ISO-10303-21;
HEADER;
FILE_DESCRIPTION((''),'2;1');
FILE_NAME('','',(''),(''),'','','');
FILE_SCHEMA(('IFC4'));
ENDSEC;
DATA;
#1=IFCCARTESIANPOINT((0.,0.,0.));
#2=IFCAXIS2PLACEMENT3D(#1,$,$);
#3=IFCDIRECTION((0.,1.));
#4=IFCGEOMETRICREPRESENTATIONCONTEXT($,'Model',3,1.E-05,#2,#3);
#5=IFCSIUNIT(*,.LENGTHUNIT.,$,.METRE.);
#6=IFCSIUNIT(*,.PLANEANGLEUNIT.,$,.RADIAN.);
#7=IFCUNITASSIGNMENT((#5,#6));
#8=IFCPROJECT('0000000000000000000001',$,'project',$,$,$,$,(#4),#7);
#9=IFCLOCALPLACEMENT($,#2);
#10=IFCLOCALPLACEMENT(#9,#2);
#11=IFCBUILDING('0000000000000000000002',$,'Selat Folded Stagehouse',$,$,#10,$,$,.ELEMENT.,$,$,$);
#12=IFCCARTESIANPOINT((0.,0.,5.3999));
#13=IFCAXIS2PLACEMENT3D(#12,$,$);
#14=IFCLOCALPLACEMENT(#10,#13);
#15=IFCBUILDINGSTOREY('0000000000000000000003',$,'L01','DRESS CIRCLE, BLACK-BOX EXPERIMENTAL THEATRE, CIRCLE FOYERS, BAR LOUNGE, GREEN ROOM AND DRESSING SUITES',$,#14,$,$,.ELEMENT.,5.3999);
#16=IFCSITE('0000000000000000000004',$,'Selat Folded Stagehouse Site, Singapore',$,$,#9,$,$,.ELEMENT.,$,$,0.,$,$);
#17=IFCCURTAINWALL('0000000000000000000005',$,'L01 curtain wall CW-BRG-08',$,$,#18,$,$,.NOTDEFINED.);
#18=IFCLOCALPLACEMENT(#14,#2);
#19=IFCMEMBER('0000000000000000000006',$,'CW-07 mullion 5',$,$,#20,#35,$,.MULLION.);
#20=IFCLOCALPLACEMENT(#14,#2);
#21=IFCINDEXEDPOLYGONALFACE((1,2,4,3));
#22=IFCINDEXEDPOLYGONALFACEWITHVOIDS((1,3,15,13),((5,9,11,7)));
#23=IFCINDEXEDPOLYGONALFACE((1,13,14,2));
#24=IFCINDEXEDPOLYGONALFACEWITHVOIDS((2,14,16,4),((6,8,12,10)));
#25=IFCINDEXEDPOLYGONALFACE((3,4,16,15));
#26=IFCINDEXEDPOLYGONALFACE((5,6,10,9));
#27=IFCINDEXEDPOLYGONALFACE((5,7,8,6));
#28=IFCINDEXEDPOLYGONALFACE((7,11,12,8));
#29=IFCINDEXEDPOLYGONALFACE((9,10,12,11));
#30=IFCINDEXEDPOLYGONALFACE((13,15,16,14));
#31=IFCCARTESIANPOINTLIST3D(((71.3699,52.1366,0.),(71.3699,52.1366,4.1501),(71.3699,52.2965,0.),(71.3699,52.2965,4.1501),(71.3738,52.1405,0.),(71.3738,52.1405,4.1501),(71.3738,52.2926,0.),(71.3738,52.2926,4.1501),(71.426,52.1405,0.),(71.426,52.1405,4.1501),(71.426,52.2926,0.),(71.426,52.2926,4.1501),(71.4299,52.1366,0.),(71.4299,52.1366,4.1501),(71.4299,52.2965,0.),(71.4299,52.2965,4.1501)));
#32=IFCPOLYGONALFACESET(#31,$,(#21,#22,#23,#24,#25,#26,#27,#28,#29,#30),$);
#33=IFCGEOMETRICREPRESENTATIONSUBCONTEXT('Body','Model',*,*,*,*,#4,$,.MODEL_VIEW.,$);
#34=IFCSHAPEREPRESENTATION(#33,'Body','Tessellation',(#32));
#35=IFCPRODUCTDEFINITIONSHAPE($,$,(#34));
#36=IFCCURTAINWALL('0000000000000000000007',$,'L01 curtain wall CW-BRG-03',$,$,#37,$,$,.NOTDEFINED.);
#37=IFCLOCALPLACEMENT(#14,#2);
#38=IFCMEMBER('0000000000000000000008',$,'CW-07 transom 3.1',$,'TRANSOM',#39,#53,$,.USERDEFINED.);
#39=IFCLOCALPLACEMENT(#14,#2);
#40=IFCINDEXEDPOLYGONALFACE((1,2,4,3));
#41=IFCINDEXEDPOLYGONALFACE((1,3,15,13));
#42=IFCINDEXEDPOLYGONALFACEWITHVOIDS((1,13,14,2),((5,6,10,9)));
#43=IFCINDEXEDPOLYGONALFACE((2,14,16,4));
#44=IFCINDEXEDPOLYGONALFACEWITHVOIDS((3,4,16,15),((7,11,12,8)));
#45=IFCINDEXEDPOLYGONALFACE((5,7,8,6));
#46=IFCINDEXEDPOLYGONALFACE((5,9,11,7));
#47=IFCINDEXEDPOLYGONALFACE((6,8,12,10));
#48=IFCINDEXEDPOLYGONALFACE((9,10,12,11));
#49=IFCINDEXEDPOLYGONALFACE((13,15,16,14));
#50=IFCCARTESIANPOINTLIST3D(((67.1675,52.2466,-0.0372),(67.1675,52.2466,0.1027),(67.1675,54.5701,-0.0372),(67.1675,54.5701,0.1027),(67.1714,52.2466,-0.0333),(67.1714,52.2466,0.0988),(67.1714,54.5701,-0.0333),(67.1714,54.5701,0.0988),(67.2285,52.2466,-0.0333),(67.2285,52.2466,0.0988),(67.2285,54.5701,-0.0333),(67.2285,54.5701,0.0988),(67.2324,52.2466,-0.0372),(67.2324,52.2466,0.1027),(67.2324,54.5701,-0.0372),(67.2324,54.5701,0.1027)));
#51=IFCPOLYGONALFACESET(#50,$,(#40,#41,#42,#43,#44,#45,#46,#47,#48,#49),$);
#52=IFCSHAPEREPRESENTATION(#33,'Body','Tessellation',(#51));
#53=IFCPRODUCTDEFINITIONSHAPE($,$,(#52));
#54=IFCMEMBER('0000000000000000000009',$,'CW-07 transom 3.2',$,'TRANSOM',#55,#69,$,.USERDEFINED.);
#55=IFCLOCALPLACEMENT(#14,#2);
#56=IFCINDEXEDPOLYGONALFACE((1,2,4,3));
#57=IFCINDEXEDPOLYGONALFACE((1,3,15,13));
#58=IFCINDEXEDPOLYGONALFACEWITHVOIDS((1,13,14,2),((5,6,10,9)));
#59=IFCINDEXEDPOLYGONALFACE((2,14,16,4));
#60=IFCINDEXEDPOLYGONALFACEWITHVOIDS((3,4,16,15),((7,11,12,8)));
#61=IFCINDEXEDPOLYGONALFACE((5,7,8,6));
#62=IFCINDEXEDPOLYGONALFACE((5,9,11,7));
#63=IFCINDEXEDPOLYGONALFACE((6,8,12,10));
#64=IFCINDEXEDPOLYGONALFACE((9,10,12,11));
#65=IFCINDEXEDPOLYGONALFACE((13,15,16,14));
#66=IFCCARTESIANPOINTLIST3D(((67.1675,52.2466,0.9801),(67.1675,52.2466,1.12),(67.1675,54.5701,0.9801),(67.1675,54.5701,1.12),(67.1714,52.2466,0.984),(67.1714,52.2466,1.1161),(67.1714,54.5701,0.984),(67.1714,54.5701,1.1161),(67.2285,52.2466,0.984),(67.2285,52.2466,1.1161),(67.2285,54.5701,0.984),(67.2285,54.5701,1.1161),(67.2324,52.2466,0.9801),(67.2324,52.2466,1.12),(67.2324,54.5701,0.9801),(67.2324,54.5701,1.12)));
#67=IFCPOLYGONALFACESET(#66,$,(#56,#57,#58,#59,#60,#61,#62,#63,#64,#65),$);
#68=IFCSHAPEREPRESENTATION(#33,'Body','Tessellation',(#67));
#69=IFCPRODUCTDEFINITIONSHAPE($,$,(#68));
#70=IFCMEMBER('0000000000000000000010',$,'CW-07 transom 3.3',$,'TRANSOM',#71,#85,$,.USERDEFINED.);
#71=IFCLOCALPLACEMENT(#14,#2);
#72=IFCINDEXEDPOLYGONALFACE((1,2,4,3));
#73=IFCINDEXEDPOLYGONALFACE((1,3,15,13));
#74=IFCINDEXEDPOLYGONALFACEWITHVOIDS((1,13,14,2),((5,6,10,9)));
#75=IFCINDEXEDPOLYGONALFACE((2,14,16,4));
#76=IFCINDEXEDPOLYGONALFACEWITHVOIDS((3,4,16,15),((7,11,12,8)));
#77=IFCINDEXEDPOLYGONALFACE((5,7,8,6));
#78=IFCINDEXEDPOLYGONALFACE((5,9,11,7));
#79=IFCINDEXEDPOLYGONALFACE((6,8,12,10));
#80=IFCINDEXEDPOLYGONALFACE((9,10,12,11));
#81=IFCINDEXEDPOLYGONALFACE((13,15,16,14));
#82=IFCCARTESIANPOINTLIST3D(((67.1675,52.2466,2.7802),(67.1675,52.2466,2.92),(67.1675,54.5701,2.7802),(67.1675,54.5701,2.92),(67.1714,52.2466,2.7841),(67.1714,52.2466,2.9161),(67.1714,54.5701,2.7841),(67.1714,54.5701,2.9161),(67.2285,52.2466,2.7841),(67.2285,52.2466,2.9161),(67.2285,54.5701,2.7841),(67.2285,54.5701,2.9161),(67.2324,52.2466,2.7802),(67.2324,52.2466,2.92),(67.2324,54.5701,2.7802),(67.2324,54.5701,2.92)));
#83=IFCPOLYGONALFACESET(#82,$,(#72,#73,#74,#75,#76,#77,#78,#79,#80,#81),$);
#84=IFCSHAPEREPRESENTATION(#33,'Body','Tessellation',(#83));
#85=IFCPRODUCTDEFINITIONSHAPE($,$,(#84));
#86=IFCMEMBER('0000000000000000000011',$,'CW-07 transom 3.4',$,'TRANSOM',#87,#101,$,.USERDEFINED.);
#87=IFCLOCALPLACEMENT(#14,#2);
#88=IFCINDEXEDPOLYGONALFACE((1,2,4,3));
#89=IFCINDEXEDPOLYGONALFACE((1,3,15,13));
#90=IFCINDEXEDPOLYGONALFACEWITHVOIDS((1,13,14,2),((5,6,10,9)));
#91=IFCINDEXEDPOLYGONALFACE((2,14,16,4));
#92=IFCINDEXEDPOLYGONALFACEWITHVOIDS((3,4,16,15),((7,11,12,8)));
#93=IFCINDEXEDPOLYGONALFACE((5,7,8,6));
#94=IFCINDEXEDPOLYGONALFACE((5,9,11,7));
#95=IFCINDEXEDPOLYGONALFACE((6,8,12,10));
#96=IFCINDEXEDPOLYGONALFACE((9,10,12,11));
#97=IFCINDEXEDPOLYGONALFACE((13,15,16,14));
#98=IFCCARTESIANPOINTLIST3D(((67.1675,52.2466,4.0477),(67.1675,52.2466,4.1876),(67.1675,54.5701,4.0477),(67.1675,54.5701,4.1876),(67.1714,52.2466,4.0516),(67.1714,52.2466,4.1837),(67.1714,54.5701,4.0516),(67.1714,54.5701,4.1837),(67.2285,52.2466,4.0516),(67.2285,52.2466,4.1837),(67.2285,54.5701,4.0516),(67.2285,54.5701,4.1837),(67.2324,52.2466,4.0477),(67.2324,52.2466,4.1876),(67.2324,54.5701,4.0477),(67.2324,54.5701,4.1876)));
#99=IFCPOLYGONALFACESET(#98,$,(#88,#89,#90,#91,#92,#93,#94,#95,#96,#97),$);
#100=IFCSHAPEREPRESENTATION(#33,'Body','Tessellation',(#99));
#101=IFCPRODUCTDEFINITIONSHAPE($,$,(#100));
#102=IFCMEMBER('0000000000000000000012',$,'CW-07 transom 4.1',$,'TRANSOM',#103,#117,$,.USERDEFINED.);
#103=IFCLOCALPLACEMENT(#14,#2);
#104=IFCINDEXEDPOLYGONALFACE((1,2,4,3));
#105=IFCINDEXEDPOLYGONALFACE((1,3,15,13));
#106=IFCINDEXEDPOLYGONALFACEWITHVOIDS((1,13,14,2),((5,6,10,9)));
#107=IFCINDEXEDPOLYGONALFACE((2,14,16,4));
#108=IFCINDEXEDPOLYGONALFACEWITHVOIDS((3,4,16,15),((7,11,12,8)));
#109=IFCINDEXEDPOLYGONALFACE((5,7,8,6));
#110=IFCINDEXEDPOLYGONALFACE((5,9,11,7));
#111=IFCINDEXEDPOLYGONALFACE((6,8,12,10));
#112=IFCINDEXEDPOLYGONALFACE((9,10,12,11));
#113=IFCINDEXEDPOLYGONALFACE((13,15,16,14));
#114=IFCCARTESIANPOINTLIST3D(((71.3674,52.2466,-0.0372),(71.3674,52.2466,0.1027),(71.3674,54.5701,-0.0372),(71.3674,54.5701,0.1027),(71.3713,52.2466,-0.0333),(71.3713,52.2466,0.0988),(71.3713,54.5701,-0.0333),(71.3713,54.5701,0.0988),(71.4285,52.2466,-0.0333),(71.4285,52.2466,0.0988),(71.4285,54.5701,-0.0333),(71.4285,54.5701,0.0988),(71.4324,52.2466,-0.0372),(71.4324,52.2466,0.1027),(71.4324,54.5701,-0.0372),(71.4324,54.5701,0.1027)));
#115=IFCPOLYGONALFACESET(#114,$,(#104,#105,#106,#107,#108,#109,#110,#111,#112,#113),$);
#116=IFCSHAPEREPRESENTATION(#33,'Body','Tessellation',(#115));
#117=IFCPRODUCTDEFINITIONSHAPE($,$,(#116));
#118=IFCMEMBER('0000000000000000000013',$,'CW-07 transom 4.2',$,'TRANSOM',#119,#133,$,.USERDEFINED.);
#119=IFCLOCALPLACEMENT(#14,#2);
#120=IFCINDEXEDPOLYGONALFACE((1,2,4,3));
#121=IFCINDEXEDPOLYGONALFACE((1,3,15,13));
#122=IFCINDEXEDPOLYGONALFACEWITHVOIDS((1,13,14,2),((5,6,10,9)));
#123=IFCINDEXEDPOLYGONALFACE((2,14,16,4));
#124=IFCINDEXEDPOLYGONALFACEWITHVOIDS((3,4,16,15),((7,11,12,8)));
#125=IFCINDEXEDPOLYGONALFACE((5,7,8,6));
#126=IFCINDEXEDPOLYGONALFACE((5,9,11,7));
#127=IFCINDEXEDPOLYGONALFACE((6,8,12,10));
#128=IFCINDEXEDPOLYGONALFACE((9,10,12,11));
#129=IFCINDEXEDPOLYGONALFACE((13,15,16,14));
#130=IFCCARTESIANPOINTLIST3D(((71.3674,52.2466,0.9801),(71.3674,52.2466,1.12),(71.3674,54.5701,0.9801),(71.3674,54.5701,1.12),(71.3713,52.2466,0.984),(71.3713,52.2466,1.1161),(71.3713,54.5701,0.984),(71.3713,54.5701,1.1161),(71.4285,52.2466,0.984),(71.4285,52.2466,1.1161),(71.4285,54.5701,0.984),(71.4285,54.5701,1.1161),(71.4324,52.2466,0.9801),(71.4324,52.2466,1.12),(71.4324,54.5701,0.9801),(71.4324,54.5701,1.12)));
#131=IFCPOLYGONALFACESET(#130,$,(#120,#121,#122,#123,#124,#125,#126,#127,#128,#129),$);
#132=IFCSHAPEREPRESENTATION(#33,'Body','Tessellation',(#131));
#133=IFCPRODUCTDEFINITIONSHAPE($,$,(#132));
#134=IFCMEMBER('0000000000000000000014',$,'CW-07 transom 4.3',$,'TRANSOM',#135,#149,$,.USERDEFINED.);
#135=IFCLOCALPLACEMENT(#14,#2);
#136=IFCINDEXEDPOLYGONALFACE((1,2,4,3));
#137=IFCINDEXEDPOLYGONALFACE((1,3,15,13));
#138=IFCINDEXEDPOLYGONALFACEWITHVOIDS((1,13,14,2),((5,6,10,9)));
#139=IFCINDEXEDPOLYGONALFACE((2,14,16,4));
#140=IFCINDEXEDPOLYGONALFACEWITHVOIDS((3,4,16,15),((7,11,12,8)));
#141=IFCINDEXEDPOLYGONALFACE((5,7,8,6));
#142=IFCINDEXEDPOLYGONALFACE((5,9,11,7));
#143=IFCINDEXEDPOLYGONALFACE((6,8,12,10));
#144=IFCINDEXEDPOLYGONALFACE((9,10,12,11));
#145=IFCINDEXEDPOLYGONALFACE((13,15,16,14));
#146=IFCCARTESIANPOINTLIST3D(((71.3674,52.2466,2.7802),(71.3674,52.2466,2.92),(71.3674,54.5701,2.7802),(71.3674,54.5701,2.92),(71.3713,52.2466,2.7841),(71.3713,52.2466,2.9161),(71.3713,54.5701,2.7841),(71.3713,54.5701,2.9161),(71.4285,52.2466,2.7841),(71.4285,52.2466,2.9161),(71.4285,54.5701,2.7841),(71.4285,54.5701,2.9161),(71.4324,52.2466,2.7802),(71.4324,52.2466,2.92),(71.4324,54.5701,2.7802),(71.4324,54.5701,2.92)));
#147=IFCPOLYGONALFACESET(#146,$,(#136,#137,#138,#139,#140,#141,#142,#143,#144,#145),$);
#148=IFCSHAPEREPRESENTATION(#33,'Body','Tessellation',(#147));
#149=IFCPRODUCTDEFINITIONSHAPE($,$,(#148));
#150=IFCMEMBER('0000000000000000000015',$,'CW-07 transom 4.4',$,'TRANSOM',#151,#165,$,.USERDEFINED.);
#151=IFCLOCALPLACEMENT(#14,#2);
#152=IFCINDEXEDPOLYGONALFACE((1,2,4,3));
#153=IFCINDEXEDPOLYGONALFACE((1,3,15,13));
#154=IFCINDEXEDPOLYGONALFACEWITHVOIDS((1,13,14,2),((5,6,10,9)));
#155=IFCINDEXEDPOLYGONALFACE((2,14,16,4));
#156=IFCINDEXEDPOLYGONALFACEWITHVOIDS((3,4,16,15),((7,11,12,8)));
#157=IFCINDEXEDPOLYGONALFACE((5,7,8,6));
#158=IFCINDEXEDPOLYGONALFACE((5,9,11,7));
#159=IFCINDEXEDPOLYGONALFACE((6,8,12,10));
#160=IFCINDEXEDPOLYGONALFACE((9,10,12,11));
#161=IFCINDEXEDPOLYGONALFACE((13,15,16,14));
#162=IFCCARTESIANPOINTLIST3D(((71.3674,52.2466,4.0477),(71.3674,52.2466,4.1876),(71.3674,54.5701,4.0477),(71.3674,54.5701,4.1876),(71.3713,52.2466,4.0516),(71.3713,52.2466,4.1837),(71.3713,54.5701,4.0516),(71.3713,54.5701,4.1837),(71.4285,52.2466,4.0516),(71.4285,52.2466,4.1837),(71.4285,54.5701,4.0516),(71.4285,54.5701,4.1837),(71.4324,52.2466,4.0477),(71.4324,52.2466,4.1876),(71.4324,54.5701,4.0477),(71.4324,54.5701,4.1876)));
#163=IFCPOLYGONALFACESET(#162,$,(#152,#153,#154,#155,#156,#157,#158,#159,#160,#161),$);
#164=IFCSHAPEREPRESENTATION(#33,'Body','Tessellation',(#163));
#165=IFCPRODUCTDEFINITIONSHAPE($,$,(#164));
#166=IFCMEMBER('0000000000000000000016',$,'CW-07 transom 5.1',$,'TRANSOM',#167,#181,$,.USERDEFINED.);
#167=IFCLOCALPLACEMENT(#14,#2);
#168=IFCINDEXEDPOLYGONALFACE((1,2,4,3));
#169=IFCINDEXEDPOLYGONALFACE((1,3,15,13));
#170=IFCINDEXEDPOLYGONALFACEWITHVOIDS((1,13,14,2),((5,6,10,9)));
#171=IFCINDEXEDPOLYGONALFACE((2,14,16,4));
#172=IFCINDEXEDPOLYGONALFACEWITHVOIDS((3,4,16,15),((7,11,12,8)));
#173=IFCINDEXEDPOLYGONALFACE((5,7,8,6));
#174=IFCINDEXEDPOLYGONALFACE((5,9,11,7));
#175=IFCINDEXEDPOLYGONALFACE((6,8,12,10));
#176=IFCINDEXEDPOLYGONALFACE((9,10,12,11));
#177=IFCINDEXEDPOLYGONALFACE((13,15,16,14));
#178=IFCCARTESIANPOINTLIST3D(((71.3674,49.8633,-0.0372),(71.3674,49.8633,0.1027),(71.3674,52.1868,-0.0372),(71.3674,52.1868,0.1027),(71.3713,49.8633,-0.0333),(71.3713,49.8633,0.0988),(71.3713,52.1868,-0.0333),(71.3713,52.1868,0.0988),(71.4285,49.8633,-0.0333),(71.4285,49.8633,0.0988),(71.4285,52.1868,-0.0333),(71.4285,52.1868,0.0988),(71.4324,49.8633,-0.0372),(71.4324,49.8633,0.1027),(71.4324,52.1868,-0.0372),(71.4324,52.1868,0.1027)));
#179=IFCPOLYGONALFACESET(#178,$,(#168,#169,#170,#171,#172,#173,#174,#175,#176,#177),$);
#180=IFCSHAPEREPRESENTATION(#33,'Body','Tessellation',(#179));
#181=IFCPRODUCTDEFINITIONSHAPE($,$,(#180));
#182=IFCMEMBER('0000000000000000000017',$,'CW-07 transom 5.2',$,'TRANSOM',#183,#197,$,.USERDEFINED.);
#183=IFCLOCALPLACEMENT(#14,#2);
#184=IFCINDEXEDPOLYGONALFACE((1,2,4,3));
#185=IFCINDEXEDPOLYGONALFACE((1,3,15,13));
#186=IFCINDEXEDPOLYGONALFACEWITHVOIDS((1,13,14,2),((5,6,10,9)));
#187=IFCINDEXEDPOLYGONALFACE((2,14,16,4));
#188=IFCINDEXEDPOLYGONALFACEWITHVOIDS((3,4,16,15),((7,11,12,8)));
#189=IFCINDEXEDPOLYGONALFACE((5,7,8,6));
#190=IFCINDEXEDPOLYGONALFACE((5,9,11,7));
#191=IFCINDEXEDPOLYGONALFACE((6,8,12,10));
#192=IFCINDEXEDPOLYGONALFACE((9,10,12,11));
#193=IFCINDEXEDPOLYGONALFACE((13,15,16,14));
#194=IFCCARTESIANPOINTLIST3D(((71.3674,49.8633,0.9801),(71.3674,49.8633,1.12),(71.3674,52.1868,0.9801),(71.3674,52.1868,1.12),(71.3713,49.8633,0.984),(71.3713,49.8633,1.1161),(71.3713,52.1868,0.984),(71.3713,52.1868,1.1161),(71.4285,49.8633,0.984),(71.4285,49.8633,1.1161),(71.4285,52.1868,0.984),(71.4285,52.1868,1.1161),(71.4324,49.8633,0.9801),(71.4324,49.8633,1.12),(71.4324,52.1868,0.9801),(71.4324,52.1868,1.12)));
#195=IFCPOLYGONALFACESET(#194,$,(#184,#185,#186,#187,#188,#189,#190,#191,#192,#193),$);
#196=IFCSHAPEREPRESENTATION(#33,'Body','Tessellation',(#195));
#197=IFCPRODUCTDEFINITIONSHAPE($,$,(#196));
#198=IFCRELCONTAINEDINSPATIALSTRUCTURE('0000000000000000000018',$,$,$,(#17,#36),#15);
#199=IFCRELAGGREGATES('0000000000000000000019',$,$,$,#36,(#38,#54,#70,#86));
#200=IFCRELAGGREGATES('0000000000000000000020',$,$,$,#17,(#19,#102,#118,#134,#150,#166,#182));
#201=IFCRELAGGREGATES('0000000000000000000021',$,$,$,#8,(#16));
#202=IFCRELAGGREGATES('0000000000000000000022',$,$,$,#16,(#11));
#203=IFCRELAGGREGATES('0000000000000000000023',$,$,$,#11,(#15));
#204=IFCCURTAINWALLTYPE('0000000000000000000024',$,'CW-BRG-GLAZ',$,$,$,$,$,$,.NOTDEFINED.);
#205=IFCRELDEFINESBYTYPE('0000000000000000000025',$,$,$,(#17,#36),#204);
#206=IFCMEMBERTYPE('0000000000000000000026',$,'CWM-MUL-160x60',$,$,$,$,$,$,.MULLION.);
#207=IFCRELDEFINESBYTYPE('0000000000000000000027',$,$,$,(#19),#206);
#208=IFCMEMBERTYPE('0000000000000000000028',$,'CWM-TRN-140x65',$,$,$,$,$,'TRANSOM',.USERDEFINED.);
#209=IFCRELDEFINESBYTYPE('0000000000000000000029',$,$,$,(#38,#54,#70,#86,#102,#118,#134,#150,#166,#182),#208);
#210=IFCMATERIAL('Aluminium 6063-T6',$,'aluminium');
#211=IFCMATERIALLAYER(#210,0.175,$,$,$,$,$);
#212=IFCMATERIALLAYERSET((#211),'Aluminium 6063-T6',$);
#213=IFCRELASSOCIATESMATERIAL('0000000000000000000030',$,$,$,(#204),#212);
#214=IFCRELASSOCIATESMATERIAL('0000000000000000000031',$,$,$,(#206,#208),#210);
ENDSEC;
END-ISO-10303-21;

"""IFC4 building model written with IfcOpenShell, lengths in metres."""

from ifc_helpers import new_model, si_unit, direction, frame, origin, origin_2d, place, context, subcontext, project, spatial, hollow_rectangle, extrude, material, layer, layer_set, material_profile, profile_set, type_object, element, aggregate, save


model = new_model("IFC4")

# Units and contexts
model_context = context("Model", 3, precision=1e-05, world=origin(), true_north=direction((0.0, 1.0)))
body_context = subcontext(model_context, "Body", "Model", "MODEL_VIEW")
ifc_project = project(units=[si_unit("LENGTHUNIT", "METRE"), si_unit("PLANEANGLEUNIT", "RADIAN")], contexts=[model_context])

# Site, building, storey
site_placement = place(None, origin())
site = spatial("IfcSite", under=ifc_project, at=site_placement, Name="Selat Folded Stagehouse Site, Singapore", CompositionType="ELEMENT", RefElevation=0.0)
building_placement = place(site_placement, origin())
building = spatial("IfcBuilding", under=site, at=building_placement, Name="Selat Folded Stagehouse", CompositionType="ELEMENT")
storey_placement = place(building_placement, frame((0.0, 0.0, 5.3999)))
storey = spatial("IfcBuildingStorey", under=building, at=storey_placement, Name="L01", Description="DRESS CIRCLE, BLACK-BOX EXPERIMENTAL THEATRE, CIRCLE FOYERS, BAR LOUNGE, GREEN ROOM AND DRESSING SUITES", CompositionType="ELEMENT", Elevation=5.3999)

# Curtain wall, member
ifc_material_1 = material(Name="Aluminium 6063-T6", Category="aluminium")
ifc_layer_1 = layer(ifc_material_1, 0.175)
ifc_layer_set_1 = layer_set([ifc_layer_1], Name="Aluminium 6063-T6")
curtain_wall_type = type_object("IfcCurtainWallType", Name="CW-BRG-GLAZ", PredefinedType="NOTDEFINED", material=ifc_layer_set_1)
curtain_wall_1_placement = place(storey_placement, origin())
curtain_wall_1 = element("IfcCurtainWall", 1, at=curtain_wall_1_placement, inside=storey, type_object=curtain_wall_type, Name="L01 curtain wall CW-BRG-08", PredefinedType="NOTDEFINED")
ifc_material_profile_1 = material_profile(ifc_material_1, hollow_rectangle(XDim=0.0601, YDim=0.1599, WallThickness=0.0039, at=origin_2d()), Name="ALU 160x60x4.0")
ifc_profile_set_1 = profile_set([ifc_material_profile_1], Name="Aluminium 6063-T6")
member_type_1 = type_object("IfcMemberType", Name="CWM-MUL-160x60", PredefinedType="MULLION", material=ifc_profile_set_1)
member_1_placement = place(storey_placement, frame((71.3999, 52.2166, 0.0), z_axis=(0.0, 0.0, 1.0), x_axis=(1.0, 0.0, 0.0)))
member_1 = element("IfcMember", 2, at=member_1_placement, type_object=member_type_1, Name="CW-07 mullion 5", PredefinedType="MULLION", context=body_context, shape_type="SweptSolid", body=[
    extrude(hollow_rectangle(XDim=0.0601, YDim=0.1599, WallThickness=0.0039, at=origin_2d()), origin(), (0.0, 0.0, 1.0), 4.1501),
])

# Curtain wall, members
curtain_wall_2_placement = place(storey_placement, origin())
curtain_wall_2 = element("IfcCurtainWall", 3, at=curtain_wall_2_placement, inside=storey, type_object=curtain_wall_type, Name="L01 curtain wall CW-BRG-03", PredefinedType="NOTDEFINED")
ifc_material_profile_2 = material_profile(ifc_material_1, hollow_rectangle(XDim=0.0649, YDim=0.1399, WallThickness=0.0039, at=origin_2d()), Name="ALU 140x65x4.0")
ifc_profile_set_2 = profile_set([ifc_material_profile_2], Name="Aluminium 6063-T6")
member_type_2 = type_object("IfcMemberType", Name="CWM-TRN-140x65", ElementType="TRANSOM", PredefinedType="USERDEFINED", material=ifc_profile_set_2)
member_2_placement = place(storey_placement, frame((67.2, 52.2466, 0.0327), z_axis=(0.0, 1.0, 0.0), x_axis=(-1.0, 0.0, 0.0)))
member_2 = element("IfcMember", 4, at=member_2_placement, type_object=member_type_2, Name="CW-07 transom 3.1", ObjectType="TRANSOM", PredefinedType="USERDEFINED", context=body_context, shape_type="SweptSolid", body=[
    extrude(hollow_rectangle(XDim=0.0649, YDim=0.1399, WallThickness=0.0039, at=origin_2d()), origin(), (0.0, 0.0, 1.0), 2.3235),
])
member_3_placement = place(storey_placement, frame((67.2, 52.2466, 1.05), z_axis=(0.0, 1.0, 0.0), x_axis=(-1.0, 0.0, 0.0)))
member_3 = element("IfcMember", 5, at=member_3_placement, type_object=member_type_2, Name="CW-07 transom 3.2", ObjectType="TRANSOM", PredefinedType="USERDEFINED", context=body_context, shape_type="SweptSolid", body=[
    extrude(hollow_rectangle(XDim=0.0649, YDim=0.1399, WallThickness=0.0039, at=origin_2d()), origin(), (0.0, 0.0, 1.0), 2.3235),
])
member_4_placement = place(storey_placement, frame((67.2, 52.2466, 2.8501), z_axis=(0.0, 1.0, 0.0), x_axis=(-1.0, 0.0, 0.0)))
member_4 = element("IfcMember", 6, at=member_4_placement, type_object=member_type_2, Name="CW-07 transom 3.3", ObjectType="TRANSOM", PredefinedType="USERDEFINED", context=body_context, shape_type="SweptSolid", body=[
    extrude(hollow_rectangle(XDim=0.0649, YDim=0.1399, WallThickness=0.0039, at=origin_2d()), origin(), (0.0, 0.0, 1.0), 2.3235),
])
member_5_placement = place(storey_placement, frame((67.2, 52.2466, 4.1177), z_axis=(0.0, 1.0, 0.0), x_axis=(-1.0, 0.0, 0.0)))
member_5 = element("IfcMember", 7, at=member_5_placement, type_object=member_type_2, Name="CW-07 transom 3.4", ObjectType="TRANSOM", PredefinedType="USERDEFINED", context=body_context, shape_type="SweptSolid", body=[
    extrude(hollow_rectangle(XDim=0.0649, YDim=0.1399, WallThickness=0.0039, at=origin_2d()), origin(), (0.0, 0.0, 1.0), 2.3235),
])

# Members
member_6_placement = place(storey_placement, frame((71.3999, 54.5701, 0.0327), z_axis=(0.0, -1.0, 0.0), x_axis=(1.0, 0.0, 0.0)))
member_6 = element("IfcMember", 8, at=member_6_placement, type_object=member_type_2, Name="CW-07 transom 4.1", ObjectType="TRANSOM", PredefinedType="USERDEFINED", context=body_context, shape_type="SweptSolid", body=[
    extrude(hollow_rectangle(XDim=0.0649, YDim=0.1399, WallThickness=0.0039, at=origin_2d()), origin(), (0.0, 0.0, 1.0), 2.3235),
])
member_7_placement = place(storey_placement, frame((71.3999, 54.5701, 1.05), z_axis=(0.0, -1.0, 0.0), x_axis=(1.0, 0.0, 0.0)))
member_7 = element("IfcMember", 9, at=member_7_placement, type_object=member_type_2, Name="CW-07 transom 4.2", ObjectType="TRANSOM", PredefinedType="USERDEFINED", context=body_context, shape_type="SweptSolid", body=[
    extrude(hollow_rectangle(XDim=0.0649, YDim=0.1399, WallThickness=0.0039, at=origin_2d()), origin(), (0.0, 0.0, 1.0), 2.3235),
])
member_8_placement = place(storey_placement, frame((71.3999, 54.5701, 2.8501), z_axis=(0.0, -1.0, 0.0), x_axis=(1.0, 0.0, 0.0)))
member_8 = element("IfcMember", 10, at=member_8_placement, type_object=member_type_2, Name="CW-07 transom 4.3", ObjectType="TRANSOM", PredefinedType="USERDEFINED", context=body_context, shape_type="SweptSolid", body=[
    extrude(hollow_rectangle(XDim=0.0649, YDim=0.1399, WallThickness=0.0039, at=origin_2d()), origin(), (0.0, 0.0, 1.0), 2.3235),
])
member_9_placement = place(storey_placement, frame((71.3999, 54.5701, 4.1177), z_axis=(0.0, -1.0, 0.0), x_axis=(1.0, 0.0, 0.0)))
member_9 = element("IfcMember", 11, at=member_9_placement, type_object=member_type_2, Name="CW-07 transom 4.4", ObjectType="TRANSOM", PredefinedType="USERDEFINED", context=body_context, shape_type="SweptSolid", body=[
    extrude(hollow_rectangle(XDim=0.0649, YDim=0.1399, WallThickness=0.0039, at=origin_2d()), origin(), (0.0, 0.0, 1.0), 2.3235),
])
member_10_placement = place(storey_placement, frame((71.3999, 52.1868, 0.0327), z_axis=(0.0, -1.0, 0.0), x_axis=(1.0, 0.0, 0.0)))
member_10 = element("IfcMember", 12, at=member_10_placement, type_object=member_type_2, Name="CW-07 transom 5.1", ObjectType="TRANSOM", PredefinedType="USERDEFINED", context=body_context, shape_type="SweptSolid", body=[
    extrude(hollow_rectangle(XDim=0.0649, YDim=0.1399, WallThickness=0.0039, at=origin_2d()), origin(), (0.0, 0.0, 1.0), 2.3235),
])
member_11_placement = place(storey_placement, frame((71.3999, 52.1868, 1.05), z_axis=(0.0, -1.0, 0.0), x_axis=(1.0, 0.0, 0.0)))
member_11 = element("IfcMember", 13, at=member_11_placement, type_object=member_type_2, Name="CW-07 transom 5.2", ObjectType="TRANSOM", PredefinedType="USERDEFINED", context=body_context, shape_type="SweptSolid", body=[
    extrude(hollow_rectangle(XDim=0.0649, YDim=0.1399, WallThickness=0.0039, at=origin_2d()), origin(), (0.0, 0.0, 1.0), 2.3235),
])

aggregate(curtain_wall_2, [member_2, member_3, member_4, member_5])
aggregate(curtain_wall_1, [member_1, member_6, member_7, member_8, member_9, member_10, member_11])

save(model, "model.ifc")
